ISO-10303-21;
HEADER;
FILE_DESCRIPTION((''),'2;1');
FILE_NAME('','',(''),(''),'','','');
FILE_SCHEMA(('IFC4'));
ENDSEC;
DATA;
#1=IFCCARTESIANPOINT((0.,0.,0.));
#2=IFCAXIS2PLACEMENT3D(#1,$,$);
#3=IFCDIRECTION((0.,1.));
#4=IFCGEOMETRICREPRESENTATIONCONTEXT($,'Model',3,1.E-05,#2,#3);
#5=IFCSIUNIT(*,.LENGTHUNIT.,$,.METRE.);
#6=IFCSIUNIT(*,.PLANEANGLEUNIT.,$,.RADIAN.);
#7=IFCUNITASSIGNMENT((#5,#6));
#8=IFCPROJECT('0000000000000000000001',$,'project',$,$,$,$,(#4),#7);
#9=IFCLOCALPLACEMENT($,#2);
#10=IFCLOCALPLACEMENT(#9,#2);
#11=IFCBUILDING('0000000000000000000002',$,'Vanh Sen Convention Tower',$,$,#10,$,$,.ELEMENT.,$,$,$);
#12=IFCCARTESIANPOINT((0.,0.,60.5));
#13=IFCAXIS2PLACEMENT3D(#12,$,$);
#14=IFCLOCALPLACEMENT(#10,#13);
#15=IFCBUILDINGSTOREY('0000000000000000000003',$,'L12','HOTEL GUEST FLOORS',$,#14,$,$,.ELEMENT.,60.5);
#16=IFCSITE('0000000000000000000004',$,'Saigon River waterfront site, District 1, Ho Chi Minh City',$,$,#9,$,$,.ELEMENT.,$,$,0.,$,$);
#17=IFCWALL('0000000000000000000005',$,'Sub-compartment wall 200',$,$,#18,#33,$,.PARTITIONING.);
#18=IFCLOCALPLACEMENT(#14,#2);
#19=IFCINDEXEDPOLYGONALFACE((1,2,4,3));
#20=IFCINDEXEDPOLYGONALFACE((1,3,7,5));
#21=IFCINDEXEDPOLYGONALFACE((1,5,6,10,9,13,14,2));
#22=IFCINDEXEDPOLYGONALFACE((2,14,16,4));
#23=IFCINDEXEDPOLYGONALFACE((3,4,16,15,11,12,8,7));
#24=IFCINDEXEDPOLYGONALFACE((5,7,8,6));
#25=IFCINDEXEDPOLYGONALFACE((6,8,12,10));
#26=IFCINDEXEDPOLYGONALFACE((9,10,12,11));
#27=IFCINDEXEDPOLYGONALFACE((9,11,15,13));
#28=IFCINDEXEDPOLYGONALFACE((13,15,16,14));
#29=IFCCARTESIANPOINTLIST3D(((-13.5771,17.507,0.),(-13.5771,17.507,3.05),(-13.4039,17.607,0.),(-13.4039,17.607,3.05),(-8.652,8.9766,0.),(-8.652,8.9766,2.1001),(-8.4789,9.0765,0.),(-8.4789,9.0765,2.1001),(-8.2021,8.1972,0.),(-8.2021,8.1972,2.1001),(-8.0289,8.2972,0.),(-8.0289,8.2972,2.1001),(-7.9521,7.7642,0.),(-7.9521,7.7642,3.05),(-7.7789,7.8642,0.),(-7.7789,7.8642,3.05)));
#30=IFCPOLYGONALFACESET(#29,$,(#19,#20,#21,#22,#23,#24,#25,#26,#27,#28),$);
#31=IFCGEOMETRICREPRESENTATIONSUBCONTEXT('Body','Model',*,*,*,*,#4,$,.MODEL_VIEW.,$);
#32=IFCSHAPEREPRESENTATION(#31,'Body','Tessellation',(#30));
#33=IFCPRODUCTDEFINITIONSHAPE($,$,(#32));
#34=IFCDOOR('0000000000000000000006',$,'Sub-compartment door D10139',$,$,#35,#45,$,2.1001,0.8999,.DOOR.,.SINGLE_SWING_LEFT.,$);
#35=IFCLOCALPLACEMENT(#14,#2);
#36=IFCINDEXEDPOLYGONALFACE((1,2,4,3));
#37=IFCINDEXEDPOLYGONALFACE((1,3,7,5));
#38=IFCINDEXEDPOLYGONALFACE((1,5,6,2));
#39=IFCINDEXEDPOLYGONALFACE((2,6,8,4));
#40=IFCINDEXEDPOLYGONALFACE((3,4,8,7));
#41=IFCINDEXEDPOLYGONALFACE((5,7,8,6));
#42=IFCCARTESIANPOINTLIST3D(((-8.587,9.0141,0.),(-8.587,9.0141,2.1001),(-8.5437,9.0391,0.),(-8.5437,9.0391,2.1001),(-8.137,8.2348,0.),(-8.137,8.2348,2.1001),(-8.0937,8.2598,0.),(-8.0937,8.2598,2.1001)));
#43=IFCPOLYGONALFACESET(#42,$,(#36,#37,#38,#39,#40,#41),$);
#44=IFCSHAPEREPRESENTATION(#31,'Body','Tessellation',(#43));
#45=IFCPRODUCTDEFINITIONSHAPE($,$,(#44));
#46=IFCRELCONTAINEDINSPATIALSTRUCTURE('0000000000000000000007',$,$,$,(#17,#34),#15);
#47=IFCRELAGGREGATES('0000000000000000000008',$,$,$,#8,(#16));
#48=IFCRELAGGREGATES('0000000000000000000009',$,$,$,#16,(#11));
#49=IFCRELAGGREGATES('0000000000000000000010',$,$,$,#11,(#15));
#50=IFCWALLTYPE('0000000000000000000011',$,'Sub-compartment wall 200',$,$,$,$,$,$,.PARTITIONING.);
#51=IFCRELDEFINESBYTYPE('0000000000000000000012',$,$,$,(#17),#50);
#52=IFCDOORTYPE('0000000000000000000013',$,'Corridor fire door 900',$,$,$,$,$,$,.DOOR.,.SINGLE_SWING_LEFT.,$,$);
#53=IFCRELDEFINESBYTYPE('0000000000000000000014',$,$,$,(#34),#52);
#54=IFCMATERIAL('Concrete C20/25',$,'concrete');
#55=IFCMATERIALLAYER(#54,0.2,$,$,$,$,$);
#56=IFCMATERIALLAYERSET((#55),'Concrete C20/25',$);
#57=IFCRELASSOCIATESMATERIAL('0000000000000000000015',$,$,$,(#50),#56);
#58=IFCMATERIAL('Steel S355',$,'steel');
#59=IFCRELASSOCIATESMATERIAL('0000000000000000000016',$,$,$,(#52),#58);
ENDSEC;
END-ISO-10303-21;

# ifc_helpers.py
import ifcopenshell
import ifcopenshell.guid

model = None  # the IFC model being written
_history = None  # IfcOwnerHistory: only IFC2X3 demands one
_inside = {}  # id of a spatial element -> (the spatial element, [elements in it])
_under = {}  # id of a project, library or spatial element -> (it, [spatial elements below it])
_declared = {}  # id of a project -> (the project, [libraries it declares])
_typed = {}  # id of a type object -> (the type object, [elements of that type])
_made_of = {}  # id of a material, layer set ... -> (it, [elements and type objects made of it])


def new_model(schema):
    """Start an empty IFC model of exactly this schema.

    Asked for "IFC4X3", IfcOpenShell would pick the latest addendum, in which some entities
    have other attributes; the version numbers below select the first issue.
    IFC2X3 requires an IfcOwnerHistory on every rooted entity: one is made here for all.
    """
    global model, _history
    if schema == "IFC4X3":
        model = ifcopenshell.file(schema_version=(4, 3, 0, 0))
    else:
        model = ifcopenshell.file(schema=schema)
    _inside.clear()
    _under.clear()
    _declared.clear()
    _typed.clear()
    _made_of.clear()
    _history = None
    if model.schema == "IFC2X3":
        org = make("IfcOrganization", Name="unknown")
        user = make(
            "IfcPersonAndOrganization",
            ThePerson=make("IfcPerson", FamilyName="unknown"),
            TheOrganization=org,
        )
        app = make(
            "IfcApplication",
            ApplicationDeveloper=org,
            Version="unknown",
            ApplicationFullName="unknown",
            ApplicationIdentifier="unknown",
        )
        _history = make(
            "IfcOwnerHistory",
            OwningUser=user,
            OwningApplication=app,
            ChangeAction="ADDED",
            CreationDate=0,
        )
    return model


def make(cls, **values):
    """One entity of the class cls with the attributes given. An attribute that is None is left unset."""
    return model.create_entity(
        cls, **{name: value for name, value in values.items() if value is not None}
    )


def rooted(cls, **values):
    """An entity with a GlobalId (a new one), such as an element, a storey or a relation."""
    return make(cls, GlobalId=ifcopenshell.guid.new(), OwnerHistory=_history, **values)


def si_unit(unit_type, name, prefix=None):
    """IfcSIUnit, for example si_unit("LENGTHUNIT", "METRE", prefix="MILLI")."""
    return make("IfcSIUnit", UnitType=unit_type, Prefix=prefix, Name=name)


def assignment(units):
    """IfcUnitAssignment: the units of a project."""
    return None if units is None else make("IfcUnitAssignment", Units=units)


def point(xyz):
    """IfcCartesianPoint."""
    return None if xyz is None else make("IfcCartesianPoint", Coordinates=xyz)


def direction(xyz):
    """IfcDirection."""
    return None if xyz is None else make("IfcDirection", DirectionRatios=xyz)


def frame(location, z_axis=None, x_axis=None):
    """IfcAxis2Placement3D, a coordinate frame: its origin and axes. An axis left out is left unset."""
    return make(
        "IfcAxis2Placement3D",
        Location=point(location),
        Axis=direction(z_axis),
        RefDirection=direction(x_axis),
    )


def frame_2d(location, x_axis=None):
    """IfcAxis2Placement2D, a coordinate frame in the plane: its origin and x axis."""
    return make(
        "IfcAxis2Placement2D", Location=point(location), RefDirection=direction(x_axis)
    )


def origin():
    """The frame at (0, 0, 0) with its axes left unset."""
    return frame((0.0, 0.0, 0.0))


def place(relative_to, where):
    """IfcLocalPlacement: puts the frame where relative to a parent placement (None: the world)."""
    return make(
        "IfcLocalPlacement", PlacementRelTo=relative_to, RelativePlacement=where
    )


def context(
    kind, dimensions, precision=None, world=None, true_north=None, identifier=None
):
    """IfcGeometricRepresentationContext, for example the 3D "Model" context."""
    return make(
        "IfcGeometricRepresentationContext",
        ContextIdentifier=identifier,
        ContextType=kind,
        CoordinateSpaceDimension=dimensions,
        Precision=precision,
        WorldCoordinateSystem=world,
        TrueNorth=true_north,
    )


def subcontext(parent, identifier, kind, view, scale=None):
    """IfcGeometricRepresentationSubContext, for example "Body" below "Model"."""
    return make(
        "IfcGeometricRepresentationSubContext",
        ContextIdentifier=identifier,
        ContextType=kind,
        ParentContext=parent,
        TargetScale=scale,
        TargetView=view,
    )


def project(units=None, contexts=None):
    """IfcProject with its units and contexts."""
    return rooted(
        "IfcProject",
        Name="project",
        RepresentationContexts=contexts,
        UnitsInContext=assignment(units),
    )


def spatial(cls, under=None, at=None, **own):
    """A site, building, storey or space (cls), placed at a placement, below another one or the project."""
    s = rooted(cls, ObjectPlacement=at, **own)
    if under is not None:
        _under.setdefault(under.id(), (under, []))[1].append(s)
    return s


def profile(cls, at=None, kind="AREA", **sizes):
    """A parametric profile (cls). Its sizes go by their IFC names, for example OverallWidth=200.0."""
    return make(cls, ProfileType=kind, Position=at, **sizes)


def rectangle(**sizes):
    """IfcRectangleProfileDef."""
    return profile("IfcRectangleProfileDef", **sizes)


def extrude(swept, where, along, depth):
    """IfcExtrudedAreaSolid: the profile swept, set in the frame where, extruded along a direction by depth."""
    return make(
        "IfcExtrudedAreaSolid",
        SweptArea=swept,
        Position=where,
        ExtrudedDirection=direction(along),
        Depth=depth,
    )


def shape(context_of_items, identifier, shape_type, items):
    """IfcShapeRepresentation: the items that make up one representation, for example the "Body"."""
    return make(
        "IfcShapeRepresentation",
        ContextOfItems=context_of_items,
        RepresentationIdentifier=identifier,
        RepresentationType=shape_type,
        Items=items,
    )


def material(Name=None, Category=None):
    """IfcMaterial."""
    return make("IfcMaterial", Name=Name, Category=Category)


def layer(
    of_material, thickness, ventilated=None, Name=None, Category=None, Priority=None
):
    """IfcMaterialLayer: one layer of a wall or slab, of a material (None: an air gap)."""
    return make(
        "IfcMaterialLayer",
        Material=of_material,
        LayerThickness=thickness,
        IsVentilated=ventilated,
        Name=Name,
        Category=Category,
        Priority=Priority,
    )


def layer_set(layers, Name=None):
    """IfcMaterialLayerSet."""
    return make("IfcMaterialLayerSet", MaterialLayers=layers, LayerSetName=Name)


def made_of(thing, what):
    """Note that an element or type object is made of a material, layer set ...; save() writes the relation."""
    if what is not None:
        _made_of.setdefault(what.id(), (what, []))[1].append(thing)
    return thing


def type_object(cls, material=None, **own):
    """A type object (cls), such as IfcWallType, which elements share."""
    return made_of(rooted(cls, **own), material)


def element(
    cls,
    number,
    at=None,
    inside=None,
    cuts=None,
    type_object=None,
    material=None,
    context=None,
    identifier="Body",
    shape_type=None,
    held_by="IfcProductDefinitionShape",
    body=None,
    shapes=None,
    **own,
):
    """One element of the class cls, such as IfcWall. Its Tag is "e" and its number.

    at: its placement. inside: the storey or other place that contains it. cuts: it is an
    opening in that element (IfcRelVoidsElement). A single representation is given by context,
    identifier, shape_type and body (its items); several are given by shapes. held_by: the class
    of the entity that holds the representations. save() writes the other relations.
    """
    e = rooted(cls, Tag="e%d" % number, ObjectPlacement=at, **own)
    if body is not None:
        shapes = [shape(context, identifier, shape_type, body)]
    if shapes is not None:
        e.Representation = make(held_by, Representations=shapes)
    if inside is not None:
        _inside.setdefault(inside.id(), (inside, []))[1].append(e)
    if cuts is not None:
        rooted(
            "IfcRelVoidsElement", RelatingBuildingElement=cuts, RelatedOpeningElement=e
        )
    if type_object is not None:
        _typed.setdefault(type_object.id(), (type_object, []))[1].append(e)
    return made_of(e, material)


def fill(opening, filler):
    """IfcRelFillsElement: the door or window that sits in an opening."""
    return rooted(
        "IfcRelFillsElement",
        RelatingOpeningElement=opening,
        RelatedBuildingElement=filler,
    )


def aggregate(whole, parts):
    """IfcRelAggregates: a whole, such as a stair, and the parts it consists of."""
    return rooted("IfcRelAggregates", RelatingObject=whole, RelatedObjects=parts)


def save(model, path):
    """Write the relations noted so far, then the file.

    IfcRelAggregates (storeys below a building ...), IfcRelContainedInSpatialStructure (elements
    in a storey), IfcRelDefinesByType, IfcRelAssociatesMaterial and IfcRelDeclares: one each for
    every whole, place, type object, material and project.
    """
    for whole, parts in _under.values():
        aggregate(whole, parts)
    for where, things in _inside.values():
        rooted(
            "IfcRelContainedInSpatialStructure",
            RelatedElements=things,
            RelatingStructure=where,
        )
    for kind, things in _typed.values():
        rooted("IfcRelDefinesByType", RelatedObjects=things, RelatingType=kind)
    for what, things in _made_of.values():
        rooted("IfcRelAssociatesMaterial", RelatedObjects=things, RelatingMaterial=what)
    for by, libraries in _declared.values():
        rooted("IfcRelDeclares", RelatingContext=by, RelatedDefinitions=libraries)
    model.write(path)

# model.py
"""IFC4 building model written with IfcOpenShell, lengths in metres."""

from ifc_helpers import new_model, si_unit, direction, frame, frame_2d, origin, place, context, subcontext, project, spatial, rectangle, extrude, material, layer, layer_set, type_object, element, fill, save


model = new_model("IFC4")

# Units and contexts
model_context = context("Model", 3, precision=1e-05, world=origin(), true_north=direction((0.0, 1.0)))
body_context = subcontext(model_context, "Body", "Model", "MODEL_VIEW")
ifc_project = project(units=[si_unit("LENGTHUNIT", "METRE"), si_unit("PLANEANGLEUNIT", "RADIAN")], contexts=[model_context])

# Site, building, storey
site_placement = place(None, origin())
site = spatial("IfcSite", under=ifc_project, at=site_placement, Name="Saigon River waterfront site, District 1, Ho Chi Minh City", CompositionType="ELEMENT", RefElevation=0.0)
building_placement = place(site_placement, origin())
building = spatial("IfcBuilding", under=site, at=building_placement, Name="Vanh Sen Convention Tower", CompositionType="ELEMENT")
storey_placement = place(building_placement, frame((0.0, 0.0, 60.5)))
storey = spatial("IfcBuildingStorey", under=building, at=storey_placement, Name="L12", Description="HOTEL GUEST FLOORS", CompositionType="ELEMENT", Elevation=60.5)

# Wall, opening, door
ifc_material_1 = material(Name="Concrete C20/25", Category="concrete")
ifc_layer_1 = layer(ifc_material_1, 0.2)
ifc_layer_set_1 = layer_set([ifc_layer_1], Name="Concrete C20/25")
wall_type_1 = type_object("IfcWallType", Name="Sub-compartment wall 200", PredefinedType="PARTITIONING", material=ifc_layer_set_1)
wall_1_placement = place(storey_placement, frame((-7.8655, 7.8142, 0.0), z_axis=(0.0, 0.0, 1.0), x_axis=(-0.500004, 0.866023, 0.0)))
wall_1 = element("IfcWall", 1, at=wall_1_placement, inside=storey, type_object=wall_type_1, Name="Sub-compartment wall 200", PredefinedType="PARTITIONING", context=body_context, shape_type="SweptSolid", body=[
    extrude(rectangle(XDim=11.25, YDim=0.2, at=frame_2d((5.625, 0.0))), origin(), (0.0, 0.0, 1.0), 3.05),
])
opening_1_placement = place(wall_1_placement, frame((0.5, 0.0, 0.0)))
opening_1 = element("IfcOpeningElement", 2, at=opening_1_placement, cuts=wall_1, PredefinedType="OPENING", context=body_context, shape_type="SweptSolid", body=[
    extrude(rectangle(XDim=0.8999, YDim=2.1001, at=frame_2d((0.45, 1.05))), frame((0.0, 0.1099, 0.0), z_axis=(0.0, -1.0, 0.0), x_axis=(1.0, 0.0, 0.0)), (0.0, 0.0, 1.0), 0.22),
])
ifc_material_2 = material(Name="Steel S355", Category="steel")
door_type_1 = type_object("IfcDoorType", Name="Corridor fire door 900", OperationType="SINGLE_SWING_LEFT", PredefinedType="DOOR", material=ifc_material_2)
door_1_placement = place(opening_1_placement, origin())
door_1 = element("IfcDoor", 3, at=door_1_placement, inside=storey, type_object=door_type_1, Name="Sub-compartment door D10139", OperationType="SINGLE_SWING_LEFT", OverallHeight=2.1001, OverallWidth=0.8999, PredefinedType="DOOR", context=body_context, shape_type="SweptSolid", body=[
    extrude(rectangle(XDim=0.8999, YDim=2.1001, at=frame_2d((0.45, 1.05))), frame((0.0, 0.0249, 0.0), z_axis=(0.0, -1.0, 0.0), x_axis=(1.0, 0.0, 0.0)), (0.0, 0.0, 1.0), 0.05),
])
fill(opening_1, door_1)

save(model, "model.ifc")
